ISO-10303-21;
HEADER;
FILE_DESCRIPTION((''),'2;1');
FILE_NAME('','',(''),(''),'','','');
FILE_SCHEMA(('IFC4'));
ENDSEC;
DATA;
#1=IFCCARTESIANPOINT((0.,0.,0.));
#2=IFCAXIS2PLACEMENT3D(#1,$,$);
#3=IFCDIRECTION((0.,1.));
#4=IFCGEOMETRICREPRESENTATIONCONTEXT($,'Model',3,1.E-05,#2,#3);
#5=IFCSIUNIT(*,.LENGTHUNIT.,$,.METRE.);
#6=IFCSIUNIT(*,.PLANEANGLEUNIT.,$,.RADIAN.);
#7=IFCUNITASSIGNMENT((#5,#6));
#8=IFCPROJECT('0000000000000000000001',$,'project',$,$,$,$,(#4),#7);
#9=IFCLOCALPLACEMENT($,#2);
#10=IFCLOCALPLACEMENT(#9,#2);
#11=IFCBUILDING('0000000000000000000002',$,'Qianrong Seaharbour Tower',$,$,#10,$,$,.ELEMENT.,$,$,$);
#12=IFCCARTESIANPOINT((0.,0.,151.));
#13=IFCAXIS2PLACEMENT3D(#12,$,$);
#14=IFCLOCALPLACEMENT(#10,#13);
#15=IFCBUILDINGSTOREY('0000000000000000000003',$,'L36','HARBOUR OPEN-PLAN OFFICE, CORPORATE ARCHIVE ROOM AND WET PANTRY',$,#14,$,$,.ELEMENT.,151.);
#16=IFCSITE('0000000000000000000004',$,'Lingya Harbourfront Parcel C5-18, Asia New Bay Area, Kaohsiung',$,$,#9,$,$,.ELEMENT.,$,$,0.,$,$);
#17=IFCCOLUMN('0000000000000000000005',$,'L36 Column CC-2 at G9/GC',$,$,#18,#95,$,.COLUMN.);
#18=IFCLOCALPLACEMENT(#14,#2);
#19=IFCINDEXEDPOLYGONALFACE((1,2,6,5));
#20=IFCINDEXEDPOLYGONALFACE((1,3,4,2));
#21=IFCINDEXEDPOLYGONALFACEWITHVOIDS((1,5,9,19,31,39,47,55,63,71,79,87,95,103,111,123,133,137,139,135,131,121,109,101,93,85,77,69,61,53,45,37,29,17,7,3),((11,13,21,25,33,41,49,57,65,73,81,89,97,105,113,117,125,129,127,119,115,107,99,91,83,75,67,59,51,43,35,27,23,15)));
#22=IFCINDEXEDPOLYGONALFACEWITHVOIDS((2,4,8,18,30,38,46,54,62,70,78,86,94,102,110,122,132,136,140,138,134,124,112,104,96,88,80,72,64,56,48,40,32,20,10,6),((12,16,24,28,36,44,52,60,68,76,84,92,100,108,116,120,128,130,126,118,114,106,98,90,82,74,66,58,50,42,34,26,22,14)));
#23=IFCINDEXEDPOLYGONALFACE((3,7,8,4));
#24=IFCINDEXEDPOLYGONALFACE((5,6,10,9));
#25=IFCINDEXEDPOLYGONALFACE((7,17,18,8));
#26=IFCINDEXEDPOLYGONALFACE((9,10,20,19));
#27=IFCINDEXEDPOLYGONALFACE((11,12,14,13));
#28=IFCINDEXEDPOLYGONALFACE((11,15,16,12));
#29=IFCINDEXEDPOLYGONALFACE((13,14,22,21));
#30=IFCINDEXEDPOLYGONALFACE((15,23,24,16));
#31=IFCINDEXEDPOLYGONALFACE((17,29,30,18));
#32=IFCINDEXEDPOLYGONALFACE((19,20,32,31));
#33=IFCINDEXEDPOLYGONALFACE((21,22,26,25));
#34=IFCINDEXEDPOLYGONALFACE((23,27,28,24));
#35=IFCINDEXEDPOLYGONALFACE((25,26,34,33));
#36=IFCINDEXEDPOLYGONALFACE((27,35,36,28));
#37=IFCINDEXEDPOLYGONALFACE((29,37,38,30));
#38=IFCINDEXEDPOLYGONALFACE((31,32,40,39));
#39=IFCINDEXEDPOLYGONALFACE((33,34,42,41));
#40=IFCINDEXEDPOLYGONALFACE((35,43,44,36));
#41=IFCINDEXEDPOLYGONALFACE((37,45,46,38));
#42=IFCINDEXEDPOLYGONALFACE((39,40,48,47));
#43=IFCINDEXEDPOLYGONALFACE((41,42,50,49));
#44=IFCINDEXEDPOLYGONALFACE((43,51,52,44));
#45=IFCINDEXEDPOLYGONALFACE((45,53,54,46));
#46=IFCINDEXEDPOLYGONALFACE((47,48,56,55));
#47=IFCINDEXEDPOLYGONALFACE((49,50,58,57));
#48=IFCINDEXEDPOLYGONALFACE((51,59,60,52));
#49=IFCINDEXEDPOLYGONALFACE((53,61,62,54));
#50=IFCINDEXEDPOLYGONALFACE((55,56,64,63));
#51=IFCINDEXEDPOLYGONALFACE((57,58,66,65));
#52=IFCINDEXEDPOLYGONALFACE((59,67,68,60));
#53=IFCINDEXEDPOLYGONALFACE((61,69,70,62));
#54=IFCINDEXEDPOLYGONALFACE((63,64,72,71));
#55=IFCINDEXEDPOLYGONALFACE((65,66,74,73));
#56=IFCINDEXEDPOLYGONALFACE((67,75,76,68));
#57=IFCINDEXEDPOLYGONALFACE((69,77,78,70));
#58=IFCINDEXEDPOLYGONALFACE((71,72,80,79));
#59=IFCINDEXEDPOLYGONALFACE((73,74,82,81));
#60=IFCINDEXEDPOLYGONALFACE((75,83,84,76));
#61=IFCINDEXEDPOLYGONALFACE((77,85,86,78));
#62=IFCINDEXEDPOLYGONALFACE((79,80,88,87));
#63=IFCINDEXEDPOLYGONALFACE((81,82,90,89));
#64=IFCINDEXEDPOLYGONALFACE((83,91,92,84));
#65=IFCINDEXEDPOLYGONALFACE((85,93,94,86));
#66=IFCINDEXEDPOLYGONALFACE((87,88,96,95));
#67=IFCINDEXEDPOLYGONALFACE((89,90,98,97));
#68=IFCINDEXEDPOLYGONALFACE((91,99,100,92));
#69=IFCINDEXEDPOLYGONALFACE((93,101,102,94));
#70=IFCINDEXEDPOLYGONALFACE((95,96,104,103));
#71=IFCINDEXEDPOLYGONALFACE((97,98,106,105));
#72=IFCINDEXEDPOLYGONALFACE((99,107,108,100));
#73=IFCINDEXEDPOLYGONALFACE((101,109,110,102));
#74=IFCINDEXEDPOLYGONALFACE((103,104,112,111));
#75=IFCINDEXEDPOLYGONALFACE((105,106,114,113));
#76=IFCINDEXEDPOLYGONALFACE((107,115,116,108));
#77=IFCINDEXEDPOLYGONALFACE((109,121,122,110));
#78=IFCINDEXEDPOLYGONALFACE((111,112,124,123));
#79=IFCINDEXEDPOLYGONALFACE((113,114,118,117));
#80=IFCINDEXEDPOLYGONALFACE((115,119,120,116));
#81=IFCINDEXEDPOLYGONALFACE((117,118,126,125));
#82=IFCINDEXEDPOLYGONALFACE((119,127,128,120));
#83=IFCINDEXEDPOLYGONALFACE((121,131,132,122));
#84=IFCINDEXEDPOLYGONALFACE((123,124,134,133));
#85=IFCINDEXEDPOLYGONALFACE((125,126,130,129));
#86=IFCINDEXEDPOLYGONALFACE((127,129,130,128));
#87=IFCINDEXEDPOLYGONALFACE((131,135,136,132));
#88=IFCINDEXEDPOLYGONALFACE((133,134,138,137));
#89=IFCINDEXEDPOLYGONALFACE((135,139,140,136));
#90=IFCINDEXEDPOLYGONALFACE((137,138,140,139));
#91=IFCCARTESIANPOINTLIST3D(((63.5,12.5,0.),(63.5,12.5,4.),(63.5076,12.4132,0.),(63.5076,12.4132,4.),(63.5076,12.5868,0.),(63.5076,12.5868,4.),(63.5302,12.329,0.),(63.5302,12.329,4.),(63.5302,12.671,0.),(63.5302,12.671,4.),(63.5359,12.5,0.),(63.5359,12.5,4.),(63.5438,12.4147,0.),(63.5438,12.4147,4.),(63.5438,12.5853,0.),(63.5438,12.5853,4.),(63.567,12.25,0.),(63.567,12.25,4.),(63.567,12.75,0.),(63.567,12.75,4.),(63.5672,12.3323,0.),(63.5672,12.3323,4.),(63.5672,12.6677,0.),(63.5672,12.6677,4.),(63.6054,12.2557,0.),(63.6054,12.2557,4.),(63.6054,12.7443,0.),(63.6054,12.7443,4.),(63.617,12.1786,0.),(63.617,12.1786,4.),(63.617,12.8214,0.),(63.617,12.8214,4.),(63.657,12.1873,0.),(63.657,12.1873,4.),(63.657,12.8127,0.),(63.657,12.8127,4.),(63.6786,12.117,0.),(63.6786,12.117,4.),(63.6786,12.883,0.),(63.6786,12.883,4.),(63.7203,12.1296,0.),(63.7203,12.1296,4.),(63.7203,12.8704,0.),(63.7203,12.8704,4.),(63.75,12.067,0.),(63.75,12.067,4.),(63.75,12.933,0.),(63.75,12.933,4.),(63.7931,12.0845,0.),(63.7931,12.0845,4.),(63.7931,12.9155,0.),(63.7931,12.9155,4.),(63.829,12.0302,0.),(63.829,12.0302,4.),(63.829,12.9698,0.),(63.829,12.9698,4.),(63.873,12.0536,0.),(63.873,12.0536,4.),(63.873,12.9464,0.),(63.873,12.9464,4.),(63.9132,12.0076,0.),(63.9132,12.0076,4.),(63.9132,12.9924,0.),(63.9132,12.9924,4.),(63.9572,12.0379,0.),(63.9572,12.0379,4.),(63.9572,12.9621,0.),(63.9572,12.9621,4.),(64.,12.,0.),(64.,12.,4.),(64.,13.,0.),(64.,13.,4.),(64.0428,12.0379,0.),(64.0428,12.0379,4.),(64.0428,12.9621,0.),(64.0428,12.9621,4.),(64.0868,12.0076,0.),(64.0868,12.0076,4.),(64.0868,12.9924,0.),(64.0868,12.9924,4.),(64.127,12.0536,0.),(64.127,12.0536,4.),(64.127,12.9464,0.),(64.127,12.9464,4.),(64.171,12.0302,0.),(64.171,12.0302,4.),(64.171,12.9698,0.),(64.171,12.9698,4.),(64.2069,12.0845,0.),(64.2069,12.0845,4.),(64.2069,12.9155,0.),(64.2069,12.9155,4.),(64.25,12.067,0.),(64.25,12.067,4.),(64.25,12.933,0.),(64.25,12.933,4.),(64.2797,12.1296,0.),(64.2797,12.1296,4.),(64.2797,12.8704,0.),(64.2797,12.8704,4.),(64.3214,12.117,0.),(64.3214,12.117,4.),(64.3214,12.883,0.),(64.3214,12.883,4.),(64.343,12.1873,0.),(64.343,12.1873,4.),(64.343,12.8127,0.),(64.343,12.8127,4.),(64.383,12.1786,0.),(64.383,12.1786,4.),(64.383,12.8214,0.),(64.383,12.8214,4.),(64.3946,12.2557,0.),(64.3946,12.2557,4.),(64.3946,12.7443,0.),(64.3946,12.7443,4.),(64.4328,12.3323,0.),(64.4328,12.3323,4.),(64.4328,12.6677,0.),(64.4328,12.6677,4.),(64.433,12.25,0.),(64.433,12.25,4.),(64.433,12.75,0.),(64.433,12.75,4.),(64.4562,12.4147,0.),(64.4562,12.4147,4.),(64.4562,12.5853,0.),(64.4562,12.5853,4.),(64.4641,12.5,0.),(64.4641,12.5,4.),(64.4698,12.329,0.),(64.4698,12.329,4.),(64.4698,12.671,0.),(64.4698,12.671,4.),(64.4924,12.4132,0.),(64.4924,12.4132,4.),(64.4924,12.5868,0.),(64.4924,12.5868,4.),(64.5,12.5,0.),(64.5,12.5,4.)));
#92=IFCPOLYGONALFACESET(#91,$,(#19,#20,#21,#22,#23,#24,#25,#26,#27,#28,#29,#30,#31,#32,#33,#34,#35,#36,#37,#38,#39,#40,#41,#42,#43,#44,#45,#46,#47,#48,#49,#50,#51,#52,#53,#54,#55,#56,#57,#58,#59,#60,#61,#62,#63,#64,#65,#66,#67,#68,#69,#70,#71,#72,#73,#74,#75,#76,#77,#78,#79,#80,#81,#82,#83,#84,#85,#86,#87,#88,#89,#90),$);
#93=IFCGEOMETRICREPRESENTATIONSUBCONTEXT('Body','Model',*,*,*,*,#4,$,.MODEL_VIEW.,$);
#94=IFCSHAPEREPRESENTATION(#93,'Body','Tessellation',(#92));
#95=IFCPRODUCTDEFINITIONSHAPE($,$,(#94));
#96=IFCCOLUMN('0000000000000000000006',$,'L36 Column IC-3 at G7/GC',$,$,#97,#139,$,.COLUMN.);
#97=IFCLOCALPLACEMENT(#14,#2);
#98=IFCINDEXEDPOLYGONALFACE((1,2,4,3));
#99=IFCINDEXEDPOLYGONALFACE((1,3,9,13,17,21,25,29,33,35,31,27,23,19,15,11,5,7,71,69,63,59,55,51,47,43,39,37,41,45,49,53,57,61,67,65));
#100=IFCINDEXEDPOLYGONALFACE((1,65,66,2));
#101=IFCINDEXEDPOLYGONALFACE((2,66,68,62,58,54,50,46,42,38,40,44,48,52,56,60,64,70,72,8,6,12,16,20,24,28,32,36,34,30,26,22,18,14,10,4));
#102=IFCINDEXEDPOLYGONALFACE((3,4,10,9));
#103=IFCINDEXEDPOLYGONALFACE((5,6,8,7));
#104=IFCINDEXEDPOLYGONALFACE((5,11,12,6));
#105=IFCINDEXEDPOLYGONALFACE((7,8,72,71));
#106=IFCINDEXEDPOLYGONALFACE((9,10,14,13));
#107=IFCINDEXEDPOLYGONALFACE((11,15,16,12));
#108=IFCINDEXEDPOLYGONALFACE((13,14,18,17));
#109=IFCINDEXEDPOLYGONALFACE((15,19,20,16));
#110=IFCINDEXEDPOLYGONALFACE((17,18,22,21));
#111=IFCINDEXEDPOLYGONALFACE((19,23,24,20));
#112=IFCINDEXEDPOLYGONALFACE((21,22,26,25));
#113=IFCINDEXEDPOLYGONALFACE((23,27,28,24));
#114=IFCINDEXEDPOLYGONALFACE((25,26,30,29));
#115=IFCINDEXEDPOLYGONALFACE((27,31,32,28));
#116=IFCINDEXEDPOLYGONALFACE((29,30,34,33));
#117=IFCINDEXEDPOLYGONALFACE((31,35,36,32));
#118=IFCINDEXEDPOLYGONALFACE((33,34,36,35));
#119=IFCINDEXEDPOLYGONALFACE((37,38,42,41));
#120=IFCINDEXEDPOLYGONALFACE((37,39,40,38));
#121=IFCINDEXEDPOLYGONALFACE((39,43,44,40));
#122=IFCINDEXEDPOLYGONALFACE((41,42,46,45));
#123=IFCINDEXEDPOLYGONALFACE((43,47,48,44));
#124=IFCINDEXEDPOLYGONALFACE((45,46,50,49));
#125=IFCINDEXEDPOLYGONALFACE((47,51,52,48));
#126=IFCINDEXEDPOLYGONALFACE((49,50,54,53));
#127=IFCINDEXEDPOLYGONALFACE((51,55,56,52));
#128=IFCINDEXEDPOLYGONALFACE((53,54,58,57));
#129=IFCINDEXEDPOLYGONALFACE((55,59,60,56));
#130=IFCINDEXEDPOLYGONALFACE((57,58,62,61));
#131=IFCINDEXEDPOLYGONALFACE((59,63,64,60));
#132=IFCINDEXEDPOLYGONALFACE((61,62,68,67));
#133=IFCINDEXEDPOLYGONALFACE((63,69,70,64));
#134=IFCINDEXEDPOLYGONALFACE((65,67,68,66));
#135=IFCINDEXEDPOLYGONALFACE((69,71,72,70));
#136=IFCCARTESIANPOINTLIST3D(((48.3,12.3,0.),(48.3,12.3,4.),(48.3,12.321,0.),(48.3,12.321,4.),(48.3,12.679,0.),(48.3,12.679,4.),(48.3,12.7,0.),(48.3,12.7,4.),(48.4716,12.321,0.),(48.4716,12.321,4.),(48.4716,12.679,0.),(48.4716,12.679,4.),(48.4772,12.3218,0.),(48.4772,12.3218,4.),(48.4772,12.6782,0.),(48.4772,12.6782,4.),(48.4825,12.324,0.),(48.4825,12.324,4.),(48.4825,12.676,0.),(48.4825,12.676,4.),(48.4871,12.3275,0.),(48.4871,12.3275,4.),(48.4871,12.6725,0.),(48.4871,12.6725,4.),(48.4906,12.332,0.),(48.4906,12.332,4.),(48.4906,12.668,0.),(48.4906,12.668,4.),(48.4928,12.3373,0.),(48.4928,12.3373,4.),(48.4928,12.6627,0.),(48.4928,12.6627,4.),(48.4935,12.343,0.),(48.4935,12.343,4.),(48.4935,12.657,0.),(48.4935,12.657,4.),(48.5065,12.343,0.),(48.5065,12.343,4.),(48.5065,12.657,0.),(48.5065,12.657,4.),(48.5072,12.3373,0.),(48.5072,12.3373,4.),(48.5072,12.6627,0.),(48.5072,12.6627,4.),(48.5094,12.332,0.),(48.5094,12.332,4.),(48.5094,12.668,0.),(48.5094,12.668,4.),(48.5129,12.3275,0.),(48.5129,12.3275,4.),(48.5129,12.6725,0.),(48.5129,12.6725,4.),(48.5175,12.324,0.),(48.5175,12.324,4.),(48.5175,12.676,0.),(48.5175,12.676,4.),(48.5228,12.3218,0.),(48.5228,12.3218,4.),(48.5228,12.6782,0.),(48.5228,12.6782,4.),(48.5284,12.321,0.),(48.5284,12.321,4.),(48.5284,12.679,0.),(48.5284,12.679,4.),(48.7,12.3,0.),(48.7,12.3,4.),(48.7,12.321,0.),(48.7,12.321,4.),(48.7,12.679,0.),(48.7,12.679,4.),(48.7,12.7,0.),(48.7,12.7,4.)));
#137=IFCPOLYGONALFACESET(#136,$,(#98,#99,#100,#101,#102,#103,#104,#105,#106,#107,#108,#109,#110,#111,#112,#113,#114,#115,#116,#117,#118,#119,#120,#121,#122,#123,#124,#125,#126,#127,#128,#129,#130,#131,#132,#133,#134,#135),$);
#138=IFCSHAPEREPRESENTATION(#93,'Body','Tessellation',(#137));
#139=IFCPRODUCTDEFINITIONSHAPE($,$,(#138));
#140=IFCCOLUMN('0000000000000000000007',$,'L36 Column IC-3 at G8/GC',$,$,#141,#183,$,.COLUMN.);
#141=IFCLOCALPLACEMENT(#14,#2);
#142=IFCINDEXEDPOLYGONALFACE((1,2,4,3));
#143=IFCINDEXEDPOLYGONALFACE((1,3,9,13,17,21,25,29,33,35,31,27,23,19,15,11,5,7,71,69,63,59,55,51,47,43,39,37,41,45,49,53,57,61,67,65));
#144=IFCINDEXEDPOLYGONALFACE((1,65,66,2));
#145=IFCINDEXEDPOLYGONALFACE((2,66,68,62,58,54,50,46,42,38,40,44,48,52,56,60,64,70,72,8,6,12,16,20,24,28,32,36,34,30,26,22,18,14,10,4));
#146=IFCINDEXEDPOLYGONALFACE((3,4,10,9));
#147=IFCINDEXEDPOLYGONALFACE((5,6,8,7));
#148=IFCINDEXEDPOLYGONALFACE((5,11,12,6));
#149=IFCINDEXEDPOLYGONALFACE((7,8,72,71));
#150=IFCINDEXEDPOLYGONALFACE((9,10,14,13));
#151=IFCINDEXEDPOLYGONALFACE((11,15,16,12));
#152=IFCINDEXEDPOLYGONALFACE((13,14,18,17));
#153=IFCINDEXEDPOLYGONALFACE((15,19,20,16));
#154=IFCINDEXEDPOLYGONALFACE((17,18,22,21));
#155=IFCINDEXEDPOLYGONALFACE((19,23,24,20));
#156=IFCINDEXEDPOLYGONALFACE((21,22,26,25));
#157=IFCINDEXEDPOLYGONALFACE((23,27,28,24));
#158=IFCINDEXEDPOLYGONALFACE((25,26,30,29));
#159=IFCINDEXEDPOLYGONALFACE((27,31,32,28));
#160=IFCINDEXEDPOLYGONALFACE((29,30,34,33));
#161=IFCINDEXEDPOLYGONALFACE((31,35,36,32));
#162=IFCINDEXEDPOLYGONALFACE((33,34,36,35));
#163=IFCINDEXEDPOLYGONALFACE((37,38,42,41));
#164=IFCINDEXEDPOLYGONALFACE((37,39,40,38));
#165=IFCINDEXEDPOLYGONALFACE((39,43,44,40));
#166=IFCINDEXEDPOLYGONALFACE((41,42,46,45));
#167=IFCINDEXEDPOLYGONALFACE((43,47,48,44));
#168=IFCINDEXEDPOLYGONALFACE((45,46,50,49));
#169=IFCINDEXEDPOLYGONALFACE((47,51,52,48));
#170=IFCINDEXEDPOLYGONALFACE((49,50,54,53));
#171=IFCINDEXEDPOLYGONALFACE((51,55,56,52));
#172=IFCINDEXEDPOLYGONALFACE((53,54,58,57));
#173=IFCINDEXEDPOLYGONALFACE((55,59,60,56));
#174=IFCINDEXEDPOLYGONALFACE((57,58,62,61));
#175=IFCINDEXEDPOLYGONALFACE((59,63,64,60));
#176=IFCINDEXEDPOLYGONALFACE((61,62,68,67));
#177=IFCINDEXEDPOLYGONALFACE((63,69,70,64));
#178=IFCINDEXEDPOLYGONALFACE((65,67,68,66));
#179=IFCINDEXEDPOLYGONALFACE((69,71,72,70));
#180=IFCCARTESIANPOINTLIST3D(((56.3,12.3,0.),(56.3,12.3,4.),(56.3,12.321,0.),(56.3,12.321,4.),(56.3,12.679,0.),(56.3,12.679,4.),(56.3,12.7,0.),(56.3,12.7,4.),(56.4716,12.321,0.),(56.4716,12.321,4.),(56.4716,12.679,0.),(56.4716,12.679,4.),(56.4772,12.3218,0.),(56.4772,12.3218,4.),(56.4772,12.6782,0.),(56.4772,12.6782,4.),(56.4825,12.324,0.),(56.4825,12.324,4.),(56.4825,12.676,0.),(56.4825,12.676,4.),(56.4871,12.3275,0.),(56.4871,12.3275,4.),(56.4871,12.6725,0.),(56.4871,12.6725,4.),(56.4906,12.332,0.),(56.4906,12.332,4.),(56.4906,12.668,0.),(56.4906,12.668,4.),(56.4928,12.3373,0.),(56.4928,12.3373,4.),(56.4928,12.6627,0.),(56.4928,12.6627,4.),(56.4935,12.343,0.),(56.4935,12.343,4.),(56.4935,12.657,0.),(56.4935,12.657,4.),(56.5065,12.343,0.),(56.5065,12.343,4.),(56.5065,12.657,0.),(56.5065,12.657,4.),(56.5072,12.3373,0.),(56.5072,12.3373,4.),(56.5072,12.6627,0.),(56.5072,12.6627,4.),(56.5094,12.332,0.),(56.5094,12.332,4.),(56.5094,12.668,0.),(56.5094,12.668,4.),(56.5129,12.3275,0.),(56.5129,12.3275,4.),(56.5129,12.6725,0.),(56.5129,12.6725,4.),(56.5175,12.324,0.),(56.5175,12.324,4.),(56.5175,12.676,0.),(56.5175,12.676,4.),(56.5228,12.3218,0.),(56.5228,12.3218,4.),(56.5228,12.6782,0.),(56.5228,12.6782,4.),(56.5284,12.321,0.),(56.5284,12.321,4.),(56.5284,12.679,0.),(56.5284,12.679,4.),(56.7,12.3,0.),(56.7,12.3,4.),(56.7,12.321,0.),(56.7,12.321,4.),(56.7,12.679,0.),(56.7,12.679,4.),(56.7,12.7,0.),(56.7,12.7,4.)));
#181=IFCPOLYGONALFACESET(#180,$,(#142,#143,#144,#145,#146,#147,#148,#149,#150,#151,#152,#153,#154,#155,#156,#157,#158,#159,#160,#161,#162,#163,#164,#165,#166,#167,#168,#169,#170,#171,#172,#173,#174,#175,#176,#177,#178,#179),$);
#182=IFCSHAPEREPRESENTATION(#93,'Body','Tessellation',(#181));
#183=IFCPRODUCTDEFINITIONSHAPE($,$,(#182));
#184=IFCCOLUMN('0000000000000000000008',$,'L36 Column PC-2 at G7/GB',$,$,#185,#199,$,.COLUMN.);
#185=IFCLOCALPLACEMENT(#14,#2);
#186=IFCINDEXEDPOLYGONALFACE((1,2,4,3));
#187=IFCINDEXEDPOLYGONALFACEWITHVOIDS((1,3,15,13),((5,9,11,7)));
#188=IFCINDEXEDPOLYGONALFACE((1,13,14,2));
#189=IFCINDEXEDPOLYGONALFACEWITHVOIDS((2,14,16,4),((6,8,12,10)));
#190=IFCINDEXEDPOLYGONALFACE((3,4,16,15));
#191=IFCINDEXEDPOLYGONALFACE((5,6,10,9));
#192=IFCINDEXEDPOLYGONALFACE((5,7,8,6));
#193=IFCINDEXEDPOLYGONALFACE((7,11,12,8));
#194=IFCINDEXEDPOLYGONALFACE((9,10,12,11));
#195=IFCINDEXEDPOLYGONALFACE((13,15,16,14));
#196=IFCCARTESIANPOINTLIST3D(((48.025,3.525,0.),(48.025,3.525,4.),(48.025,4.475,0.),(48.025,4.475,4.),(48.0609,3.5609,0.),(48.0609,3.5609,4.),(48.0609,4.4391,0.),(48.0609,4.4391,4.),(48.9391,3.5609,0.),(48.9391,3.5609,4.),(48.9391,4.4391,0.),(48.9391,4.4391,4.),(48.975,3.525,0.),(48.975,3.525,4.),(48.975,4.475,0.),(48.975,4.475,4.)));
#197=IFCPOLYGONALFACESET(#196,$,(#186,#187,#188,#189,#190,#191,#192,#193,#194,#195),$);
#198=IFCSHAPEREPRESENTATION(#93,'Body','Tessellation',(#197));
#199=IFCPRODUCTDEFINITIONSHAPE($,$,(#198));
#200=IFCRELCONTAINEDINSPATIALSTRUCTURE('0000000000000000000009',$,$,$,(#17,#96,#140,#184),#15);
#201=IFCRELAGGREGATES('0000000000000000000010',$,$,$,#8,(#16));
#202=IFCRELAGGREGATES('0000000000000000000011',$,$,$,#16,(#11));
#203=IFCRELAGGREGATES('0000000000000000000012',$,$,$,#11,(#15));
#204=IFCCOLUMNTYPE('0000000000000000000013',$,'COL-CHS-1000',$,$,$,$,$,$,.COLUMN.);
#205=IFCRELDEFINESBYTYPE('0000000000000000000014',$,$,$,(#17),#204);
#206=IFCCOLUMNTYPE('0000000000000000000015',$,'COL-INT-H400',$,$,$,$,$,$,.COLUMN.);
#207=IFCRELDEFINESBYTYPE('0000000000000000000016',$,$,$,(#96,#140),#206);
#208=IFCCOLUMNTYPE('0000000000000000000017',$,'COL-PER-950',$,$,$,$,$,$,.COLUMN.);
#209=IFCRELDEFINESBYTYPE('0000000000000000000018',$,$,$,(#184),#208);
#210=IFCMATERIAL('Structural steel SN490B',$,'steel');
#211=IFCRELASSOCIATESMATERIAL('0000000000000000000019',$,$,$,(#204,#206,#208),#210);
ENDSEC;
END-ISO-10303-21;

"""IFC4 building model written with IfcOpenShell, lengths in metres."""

from ifc_helpers import new_model, si_unit, direction, frame, origin, origin_2d, place, context, subcontext, project, spatial, hollow_rectangle, hollow_circle, i_section, extrude, material, material_profile, profile_set, type_object, element, save


model = new_model("IFC4")

# Units and contexts
model_context = context("Model", 3, precision=1e-05, world=origin(), true_north=direction((0.0, 1.0)))
body_context = subcontext(model_context, "Body", "Model", "MODEL_VIEW")
ifc_project = project(units=[si_unit("LENGTHUNIT", "METRE"), si_unit("PLANEANGLEUNIT", "RADIAN")], contexts=[model_context])

# Site, building, storey
site_placement = place(None, origin())
site = spatial("IfcSite", under=ifc_project, at=site_placement, Name="Lingya Harbourfront Parcel C5-18, Asia New Bay Area, Kaohsiung", CompositionType="ELEMENT", RefElevation=0.0)
building_placement = place(site_placement, origin())
building = spatial("IfcBuilding", under=site, at=building_placement, Name="Qianrong Seaharbour Tower", CompositionType="ELEMENT")
storey_placement = place(building_placement, frame((0.0, 0.0, 151.0)))
storey = spatial("IfcBuildingStorey", under=building, at=storey_placement, Name="L36", Description="HARBOUR OPEN-PLAN OFFICE, CORPORATE ARCHIVE ROOM AND WET PANTRY", CompositionType="ELEMENT", Elevation=151.0)

# Columns
ifc_material_1 = material(Name="Structural steel SN490B", Category="steel")
ifc_material_profile_1 = material_profile(ifc_material_1, hollow_circle(Radius=0.5, WallThickness=0.0359, at=origin_2d()), Name="CHS1000x36")
ifc_profile_set_1 = profile_set([ifc_material_profile_1], Name="Structural steel SN490B")
column_type_1 = type_object("IfcColumnType", Name="COL-CHS-1000", PredefinedType="COLUMN", material=ifc_profile_set_1)
column_placement = place(storey_placement, frame((64.0, 12.5, 0.0), z_axis=(0.0, 0.0, 1.0), x_axis=(1.0, 0.0, 0.0)))
element("IfcColumn", 1, at=column_placement, inside=storey, type_object=column_type_1, Name="L36 Column CC-2 at G9/GC", PredefinedType="COLUMN", context=body_context, shape_type="SweptSolid", body=[
    extrude(hollow_circle(Radius=0.5, WallThickness=0.0359, at=origin_2d()), origin(), (0.0, 0.0, 1.0), 4.0),
])
ifc_material_profile_2 = material_profile(ifc_material_1, i_section(OverallWidth=0.3999, OverallDepth=0.3999, WebThickness=0.0129, FlangeThickness=0.021, FilletRadius=0.022, at=origin_2d()), Name="H400x400x13x21")
ifc_profile_set_2 = profile_set([ifc_material_profile_2], Name="Structural steel SN490B")
column_type_2 = type_object("IfcColumnType", Name="COL-INT-H400", PredefinedType="COLUMN", material=ifc_profile_set_2)
for number, where, z_axis, x_axis, name in (
    (2, (48.5, 12.5, 0.0), (0.0, 0.0, 1.0), (1.0, 0.0, 0.0), "L36 Column IC-3 at G7/GC"),
    (3, (56.5, 12.5, 0.0), (0.0, 0.0, 1.0), (1.0, 0.0, 0.0), "L36 Column IC-3 at G8/GC"),
):
    element("IfcColumn", number, at=place(storey_placement, frame(where, z_axis=z_axis, x_axis=x_axis)), inside=storey, type_object=column_type_2, Name=name, PredefinedType="COLUMN", context=body_context, shape_type="SweptSolid", body=[
        extrude(i_section(OverallWidth=0.3999, OverallDepth=0.3999, WebThickness=0.0129, FlangeThickness=0.021, FilletRadius=0.022, at=origin_2d()), origin(), (0.0, 0.0, 1.0), 4.0),
    ])
ifc_material_profile_3 = material_profile(ifc_material_1, hollow_rectangle(XDim=0.95, YDim=0.95, WallThickness=0.0359, at=origin_2d()), Name="BOX950x950x36")
ifc_profile_set_3 = profile_set([ifc_material_profile_3], Name="Structural steel SN490B")
column_type_3 = type_object("IfcColumnType", Name="COL-PER-950", PredefinedType="COLUMN", material=ifc_profile_set_3)
for number, where, z_axis, x_axis, name in (
    (4, (48.5, 4.0, 0.0), (0.0, 0.0, 1.0), (1.0, 0.0, 0.0), "L36 Column PC-2 at G7/GB"),
):
    element("IfcColumn", number, at=place(storey_placement, frame(where, z_axis=z_axis, x_axis=x_axis)), inside=storey, type_object=column_type_3, Name=name, PredefinedType="COLUMN", context=body_context, shape_type="SweptSolid", body=[
        extrude(hollow_rectangle(XDim=0.95, YDim=0.95, WallThickness=0.0359, at=origin_2d()), origin(), (0.0, 0.0, 1.0), 4.0),
    ])

save(model, "model.ifc")
